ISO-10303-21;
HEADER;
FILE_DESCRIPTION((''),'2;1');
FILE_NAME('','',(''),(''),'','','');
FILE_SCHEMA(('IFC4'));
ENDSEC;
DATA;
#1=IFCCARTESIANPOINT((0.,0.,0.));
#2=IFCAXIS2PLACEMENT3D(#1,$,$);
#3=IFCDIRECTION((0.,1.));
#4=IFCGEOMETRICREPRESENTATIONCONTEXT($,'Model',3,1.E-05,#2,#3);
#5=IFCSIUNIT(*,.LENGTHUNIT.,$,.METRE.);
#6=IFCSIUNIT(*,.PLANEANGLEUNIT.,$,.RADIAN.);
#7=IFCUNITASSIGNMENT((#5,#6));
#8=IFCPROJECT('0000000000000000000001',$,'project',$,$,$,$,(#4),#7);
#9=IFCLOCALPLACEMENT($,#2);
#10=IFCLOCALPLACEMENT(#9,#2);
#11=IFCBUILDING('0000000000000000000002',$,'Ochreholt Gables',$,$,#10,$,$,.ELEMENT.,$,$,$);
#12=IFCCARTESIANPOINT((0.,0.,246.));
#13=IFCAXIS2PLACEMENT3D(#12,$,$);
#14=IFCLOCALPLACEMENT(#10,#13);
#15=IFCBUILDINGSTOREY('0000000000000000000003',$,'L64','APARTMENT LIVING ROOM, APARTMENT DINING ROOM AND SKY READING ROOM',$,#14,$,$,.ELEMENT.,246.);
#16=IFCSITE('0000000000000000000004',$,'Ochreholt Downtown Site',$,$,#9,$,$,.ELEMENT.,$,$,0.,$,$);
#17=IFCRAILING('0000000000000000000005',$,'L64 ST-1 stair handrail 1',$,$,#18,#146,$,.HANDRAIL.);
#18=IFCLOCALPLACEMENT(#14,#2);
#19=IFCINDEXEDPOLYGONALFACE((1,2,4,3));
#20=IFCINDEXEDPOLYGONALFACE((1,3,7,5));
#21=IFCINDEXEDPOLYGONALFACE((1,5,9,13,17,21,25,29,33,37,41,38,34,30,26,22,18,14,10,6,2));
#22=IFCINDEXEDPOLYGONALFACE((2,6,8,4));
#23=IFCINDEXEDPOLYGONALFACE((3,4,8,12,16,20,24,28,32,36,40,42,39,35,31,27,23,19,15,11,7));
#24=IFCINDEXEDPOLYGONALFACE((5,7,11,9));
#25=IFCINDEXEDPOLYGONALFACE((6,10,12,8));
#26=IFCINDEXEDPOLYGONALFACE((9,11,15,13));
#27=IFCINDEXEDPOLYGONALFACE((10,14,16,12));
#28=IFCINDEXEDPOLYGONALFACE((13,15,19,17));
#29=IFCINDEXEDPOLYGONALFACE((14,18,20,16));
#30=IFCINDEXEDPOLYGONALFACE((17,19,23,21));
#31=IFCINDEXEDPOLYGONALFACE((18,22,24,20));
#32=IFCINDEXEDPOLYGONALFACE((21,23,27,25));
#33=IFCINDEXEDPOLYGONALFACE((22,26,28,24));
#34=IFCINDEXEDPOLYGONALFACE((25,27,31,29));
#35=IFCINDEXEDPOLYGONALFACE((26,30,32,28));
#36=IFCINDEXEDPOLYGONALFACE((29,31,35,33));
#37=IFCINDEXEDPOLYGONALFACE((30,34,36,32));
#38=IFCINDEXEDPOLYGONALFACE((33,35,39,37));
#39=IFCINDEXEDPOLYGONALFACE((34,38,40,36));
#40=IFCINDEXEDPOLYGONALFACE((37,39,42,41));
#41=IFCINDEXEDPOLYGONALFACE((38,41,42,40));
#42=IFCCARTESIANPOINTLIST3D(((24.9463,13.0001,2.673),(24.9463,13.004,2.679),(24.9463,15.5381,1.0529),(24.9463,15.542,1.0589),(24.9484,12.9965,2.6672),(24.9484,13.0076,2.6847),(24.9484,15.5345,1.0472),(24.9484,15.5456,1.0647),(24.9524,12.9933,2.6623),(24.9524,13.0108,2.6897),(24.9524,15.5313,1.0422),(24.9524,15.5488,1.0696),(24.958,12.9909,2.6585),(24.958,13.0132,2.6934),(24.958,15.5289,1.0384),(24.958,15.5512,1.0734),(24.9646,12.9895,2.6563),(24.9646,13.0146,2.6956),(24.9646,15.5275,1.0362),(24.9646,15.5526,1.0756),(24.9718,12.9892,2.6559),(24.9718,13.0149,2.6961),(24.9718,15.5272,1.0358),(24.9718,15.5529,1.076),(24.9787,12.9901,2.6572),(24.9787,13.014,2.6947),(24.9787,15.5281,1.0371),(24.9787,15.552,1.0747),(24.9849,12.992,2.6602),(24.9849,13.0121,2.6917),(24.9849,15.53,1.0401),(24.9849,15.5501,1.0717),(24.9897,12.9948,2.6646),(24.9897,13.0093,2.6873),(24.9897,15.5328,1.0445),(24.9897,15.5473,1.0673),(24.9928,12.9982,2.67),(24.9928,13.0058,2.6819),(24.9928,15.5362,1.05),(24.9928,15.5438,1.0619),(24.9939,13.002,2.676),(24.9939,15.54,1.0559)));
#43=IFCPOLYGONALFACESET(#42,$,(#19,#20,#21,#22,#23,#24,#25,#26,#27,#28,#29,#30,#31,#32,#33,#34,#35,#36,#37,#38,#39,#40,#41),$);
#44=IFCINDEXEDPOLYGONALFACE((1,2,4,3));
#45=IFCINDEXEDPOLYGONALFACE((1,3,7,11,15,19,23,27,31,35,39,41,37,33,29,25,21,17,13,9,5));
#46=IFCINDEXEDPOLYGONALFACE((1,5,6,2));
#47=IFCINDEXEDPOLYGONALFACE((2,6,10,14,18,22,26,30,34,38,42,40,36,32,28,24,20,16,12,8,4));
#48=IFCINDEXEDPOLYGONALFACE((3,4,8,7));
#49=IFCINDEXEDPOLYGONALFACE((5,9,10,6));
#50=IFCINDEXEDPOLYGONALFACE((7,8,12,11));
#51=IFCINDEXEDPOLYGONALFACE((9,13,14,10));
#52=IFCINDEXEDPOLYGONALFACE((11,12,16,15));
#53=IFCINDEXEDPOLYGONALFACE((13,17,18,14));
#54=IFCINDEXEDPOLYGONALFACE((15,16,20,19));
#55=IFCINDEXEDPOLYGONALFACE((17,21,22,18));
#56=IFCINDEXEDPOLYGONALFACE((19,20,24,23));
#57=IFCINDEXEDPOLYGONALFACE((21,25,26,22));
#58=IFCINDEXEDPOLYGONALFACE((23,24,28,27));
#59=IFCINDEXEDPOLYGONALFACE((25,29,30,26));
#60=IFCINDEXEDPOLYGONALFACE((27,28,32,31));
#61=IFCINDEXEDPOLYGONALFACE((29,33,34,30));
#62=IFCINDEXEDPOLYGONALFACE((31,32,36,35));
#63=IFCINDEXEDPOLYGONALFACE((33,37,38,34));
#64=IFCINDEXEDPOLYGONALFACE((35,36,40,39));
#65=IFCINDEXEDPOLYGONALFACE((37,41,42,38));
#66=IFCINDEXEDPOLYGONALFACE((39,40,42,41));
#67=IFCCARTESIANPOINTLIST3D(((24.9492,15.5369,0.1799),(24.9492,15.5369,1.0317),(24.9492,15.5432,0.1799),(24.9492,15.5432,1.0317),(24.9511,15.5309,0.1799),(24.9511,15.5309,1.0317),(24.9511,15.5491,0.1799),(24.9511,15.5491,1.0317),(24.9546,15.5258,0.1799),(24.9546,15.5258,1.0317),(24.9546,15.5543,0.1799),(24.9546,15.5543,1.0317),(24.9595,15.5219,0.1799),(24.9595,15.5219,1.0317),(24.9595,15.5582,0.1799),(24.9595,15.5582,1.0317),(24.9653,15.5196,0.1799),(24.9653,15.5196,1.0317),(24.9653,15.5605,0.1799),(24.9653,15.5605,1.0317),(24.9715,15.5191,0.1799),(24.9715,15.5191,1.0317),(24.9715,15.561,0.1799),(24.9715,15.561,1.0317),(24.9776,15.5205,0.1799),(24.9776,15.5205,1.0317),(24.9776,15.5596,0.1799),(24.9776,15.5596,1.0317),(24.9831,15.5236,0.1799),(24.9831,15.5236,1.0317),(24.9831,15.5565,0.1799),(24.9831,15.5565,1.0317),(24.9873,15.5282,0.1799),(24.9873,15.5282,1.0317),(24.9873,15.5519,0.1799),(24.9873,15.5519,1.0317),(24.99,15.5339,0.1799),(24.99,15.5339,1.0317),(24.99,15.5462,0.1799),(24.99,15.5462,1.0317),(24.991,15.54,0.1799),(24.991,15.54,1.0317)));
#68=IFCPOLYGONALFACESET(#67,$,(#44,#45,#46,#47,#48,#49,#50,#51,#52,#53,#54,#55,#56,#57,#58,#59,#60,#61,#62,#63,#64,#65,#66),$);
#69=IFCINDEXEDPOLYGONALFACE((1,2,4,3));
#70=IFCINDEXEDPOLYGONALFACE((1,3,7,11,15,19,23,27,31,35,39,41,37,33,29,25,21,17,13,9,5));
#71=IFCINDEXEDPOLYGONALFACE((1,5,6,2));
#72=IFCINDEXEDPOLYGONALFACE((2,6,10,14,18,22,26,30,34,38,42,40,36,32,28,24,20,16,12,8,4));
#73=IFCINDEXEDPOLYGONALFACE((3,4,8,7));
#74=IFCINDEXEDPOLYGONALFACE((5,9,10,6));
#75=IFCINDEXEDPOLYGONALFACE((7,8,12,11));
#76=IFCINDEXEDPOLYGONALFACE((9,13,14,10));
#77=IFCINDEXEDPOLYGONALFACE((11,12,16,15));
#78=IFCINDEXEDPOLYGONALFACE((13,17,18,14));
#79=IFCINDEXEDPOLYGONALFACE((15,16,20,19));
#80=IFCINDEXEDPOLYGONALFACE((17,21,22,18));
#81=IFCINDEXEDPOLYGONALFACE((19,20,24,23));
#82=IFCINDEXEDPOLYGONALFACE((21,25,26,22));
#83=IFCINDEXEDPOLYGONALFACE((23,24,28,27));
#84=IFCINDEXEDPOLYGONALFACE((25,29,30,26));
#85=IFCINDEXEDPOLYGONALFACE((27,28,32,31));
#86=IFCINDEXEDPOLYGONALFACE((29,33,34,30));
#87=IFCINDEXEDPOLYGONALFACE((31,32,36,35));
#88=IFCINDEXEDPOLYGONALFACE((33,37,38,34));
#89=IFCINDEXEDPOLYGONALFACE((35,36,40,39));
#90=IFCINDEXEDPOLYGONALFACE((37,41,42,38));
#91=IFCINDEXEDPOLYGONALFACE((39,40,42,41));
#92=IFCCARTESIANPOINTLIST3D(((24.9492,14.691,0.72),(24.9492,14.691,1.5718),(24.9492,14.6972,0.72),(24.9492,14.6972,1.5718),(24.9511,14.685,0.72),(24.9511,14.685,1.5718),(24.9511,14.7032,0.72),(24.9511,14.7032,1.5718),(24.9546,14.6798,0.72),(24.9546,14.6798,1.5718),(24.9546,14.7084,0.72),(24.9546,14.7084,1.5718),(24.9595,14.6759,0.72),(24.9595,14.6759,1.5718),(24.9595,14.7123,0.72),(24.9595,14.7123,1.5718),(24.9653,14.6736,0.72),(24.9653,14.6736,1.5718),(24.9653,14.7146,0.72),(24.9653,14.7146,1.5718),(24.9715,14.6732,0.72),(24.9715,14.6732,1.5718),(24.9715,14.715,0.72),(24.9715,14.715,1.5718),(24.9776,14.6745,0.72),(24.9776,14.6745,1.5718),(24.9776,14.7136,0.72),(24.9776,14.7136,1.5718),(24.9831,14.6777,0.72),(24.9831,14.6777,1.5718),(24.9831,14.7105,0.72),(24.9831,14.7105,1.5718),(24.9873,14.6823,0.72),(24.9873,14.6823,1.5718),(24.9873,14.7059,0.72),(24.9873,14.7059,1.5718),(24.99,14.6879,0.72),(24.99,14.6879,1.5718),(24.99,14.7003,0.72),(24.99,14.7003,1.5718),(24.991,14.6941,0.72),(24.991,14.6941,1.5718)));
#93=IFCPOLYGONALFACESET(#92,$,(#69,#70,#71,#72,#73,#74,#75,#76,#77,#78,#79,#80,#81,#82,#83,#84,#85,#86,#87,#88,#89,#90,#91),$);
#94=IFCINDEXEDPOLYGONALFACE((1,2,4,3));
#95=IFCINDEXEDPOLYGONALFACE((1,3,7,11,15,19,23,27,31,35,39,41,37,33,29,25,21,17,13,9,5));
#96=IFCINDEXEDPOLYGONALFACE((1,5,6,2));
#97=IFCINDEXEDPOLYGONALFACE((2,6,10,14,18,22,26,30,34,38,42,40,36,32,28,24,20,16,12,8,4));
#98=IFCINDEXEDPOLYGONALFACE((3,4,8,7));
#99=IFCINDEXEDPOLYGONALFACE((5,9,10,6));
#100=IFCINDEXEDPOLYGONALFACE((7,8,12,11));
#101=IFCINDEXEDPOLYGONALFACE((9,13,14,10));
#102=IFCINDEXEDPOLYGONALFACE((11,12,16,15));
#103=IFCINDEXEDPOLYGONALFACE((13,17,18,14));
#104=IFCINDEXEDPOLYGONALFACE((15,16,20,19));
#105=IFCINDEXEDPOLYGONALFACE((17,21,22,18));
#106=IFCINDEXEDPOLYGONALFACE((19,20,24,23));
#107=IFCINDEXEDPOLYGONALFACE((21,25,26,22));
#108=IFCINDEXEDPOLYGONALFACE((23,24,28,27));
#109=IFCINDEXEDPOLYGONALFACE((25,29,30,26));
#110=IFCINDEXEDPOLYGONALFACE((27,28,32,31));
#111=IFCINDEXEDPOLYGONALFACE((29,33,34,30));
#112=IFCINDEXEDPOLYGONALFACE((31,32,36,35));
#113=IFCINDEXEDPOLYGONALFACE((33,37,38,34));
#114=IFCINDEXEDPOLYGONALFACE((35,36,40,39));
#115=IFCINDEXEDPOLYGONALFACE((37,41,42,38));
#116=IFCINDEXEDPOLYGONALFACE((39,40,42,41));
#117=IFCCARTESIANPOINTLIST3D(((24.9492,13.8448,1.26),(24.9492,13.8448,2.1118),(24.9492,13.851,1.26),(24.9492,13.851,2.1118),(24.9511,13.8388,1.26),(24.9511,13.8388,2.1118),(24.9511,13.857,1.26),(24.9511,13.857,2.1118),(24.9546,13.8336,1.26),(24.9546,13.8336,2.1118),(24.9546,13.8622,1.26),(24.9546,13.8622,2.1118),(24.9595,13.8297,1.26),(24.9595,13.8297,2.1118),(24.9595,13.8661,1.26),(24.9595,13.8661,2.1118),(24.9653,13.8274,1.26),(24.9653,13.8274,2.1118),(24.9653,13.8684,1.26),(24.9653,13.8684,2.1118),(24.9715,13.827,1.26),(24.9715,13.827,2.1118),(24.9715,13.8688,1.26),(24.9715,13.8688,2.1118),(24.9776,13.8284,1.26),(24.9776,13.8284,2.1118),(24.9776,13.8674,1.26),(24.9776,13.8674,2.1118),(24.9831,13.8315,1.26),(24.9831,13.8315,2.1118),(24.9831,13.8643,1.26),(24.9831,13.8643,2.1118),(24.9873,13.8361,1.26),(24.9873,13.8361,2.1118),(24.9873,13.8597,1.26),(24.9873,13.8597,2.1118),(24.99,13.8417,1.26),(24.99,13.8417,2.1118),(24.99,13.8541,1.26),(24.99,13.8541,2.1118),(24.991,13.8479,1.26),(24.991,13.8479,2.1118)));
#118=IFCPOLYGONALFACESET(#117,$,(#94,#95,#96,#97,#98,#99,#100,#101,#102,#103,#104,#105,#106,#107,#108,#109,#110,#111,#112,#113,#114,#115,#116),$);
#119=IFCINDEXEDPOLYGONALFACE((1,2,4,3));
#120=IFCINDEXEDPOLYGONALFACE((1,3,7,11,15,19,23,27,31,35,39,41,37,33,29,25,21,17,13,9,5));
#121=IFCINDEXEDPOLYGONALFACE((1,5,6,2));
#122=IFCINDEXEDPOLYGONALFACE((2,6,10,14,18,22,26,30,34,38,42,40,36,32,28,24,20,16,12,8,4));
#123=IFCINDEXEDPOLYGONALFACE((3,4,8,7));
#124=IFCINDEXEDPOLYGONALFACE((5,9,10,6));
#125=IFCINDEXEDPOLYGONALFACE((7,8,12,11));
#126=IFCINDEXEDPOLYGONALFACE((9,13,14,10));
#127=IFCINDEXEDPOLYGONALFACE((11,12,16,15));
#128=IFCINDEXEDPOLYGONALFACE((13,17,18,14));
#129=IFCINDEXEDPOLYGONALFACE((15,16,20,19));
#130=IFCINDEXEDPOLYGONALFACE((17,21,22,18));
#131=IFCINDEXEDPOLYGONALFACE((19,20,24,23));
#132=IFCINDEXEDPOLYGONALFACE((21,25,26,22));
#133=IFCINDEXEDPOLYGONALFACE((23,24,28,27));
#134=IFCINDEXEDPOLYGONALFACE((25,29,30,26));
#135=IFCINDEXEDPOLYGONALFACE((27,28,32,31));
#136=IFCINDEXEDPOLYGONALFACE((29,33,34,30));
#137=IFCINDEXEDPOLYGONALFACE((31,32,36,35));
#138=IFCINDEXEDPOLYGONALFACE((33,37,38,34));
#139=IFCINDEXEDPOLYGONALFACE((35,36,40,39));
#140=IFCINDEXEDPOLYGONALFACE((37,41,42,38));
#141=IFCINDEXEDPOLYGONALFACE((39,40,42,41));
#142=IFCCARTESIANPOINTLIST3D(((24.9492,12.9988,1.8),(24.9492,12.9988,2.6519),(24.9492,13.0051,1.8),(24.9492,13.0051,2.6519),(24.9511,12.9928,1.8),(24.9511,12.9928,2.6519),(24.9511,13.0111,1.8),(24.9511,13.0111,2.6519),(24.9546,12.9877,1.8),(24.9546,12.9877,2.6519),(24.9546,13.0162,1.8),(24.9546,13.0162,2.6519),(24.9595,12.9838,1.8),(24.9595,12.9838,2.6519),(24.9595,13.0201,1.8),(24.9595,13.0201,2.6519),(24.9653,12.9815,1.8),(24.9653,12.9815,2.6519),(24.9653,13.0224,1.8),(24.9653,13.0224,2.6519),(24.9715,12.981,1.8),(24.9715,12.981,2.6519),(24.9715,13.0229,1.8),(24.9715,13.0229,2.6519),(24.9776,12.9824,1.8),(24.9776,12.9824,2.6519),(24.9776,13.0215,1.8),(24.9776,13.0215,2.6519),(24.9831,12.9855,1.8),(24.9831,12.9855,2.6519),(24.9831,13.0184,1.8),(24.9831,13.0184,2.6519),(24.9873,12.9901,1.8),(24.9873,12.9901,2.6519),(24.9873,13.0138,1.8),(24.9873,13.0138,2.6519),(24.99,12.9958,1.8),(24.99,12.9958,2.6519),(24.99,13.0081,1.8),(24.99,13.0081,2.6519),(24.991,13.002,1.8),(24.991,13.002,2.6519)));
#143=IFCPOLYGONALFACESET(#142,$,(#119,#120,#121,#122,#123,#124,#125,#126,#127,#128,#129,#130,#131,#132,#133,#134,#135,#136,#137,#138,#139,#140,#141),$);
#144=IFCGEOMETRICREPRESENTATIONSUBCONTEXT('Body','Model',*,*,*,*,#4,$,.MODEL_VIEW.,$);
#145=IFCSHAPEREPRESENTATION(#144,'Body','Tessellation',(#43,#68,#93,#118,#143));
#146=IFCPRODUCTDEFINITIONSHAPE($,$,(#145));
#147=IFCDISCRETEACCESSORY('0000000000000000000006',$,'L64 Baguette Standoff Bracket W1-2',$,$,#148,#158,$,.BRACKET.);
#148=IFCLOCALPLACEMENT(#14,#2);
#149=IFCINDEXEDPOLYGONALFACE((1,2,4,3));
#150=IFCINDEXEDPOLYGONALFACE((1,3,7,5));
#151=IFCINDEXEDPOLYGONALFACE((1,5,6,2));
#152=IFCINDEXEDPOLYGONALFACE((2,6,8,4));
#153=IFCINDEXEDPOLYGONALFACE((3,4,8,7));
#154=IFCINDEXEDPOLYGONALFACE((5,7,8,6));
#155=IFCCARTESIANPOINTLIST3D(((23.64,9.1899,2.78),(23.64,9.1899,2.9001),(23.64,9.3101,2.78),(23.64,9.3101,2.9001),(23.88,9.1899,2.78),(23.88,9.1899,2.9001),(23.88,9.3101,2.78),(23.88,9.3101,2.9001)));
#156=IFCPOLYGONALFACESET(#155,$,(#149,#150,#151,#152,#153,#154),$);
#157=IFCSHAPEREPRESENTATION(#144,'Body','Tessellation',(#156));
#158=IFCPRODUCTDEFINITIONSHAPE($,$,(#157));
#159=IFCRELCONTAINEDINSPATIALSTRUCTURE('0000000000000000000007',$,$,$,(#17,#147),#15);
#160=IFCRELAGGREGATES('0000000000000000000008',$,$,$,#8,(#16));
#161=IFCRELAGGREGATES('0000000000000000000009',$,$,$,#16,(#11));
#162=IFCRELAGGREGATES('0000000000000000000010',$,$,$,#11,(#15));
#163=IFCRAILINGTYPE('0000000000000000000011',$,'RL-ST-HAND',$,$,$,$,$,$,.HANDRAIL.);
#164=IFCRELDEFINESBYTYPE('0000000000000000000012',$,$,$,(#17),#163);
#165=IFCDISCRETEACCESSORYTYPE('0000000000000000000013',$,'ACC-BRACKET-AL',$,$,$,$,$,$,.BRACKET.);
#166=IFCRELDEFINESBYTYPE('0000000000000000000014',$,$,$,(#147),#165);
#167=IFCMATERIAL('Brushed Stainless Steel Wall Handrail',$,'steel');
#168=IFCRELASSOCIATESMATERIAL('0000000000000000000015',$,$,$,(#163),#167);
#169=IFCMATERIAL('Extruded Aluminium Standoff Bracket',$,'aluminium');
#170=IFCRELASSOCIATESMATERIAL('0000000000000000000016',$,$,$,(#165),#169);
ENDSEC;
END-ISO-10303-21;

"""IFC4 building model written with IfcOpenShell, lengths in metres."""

from ifc_helpers import new_model, si_unit, direction, frame, origin, origin_2d, place, context, subcontext, project, spatial, rectangle, circle, extrude, material, type_object, element, save


model = new_model("IFC4")

# Units and contexts
model_context = context("Model", 3, precision=1e-05, world=origin(), true_north=direction((0.0, 1.0)))
body_context = subcontext(model_context, "Body", "Model", "MODEL_VIEW")
ifc_project = project(units=[si_unit("LENGTHUNIT", "METRE"), si_unit("PLANEANGLEUNIT", "RADIAN")], contexts=[model_context])

# Site, building, storey
site_placement = place(None, origin())
site = spatial("IfcSite", under=ifc_project, at=site_placement, Name="Ochreholt Downtown Site", CompositionType="ELEMENT", RefElevation=0.0)
building_placement = place(site_placement, origin())
building = spatial("IfcBuilding", under=site, at=building_placement, Name="Ochreholt Gables", CompositionType="ELEMENT")
storey_placement = place(building_placement, frame((0.0, 0.0, 246.0)))
storey = spatial("IfcBuildingStorey", under=building, at=storey_placement, Name="L64", Description="APARTMENT LIVING ROOM, APARTMENT DINING ROOM AND SKY READING ROOM", CompositionType="ELEMENT", Elevation=246.0)

# Railing
ifc_material_1 = material(Name="Brushed Stainless Steel Wall Handrail", Category="steel")
railing_type = type_object("IfcRailingType", Name="RL-ST-HAND", PredefinedType="HANDRAIL", material=ifc_material_1)
railing_placement = place(storey_placement, frame((24.97, 15.54, 0.1799)))
element("IfcRailing", 1, at=railing_placement, inside=storey, type_object=railing_type, Name="L64 ST-1 stair handrail 1", PredefinedType="HANDRAIL", context=body_context, shape_type="SweptSolid", body=[
    extrude(circle(Radius=0.0239, at=origin_2d()), frame((0.0, 0.0, 0.876), z_axis=(0.0, -0.842913, 0.53805), x_axis=(1.0, 0.0, 0.0)), (0.0, 0.0, 1.0), 3.011),
    extrude(circle(Radius=0.021, at=origin_2d()), origin(), (0.0, 0.0, 1.0), 0.8518),
    extrude(circle(Radius=0.021, at=origin_2d()), frame((0.0, -0.8459, 0.54)), (0.0, 0.0, 1.0), 0.8518),
    extrude(circle(Radius=0.021, at=origin_2d()), frame((0.0, -1.6921, 1.0801)), (0.0, 0.0, 1.0), 0.8518),
    extrude(circle(Radius=0.021, at=origin_2d()), frame((0.0, -2.5381, 1.6201)), (0.0, 0.0, 1.0), 0.8518),
])

# Discrete accessory
ifc_material_2 = material(Name="Extruded Aluminium Standoff Bracket", Category="aluminium")
discrete_accessory_type = type_object("IfcDiscreteAccessoryType", Name="ACC-BRACKET-AL", PredefinedType="BRACKET", material=ifc_material_2)
discrete_accessory_placement = place(storey_placement, frame((23.76, 9.25, 2.78), z_axis=(0.0, 0.0, 1.0), x_axis=(0.0, -1.0, 0.0)))
element("IfcDiscreteAccessory", 2, at=discrete_accessory_placement, inside=storey, type_object=discrete_accessory_type, Name="L64 Baguette Standoff Bracket W1-2", PredefinedType="BRACKET", context=body_context, shape_type="SweptSolid", body=[
    extrude(rectangle(XDim=0.1201, YDim=0.24, at=origin_2d()), origin(), (0.0, 0.0, 1.0), 0.1201),
])

save(model, "model.ifc")
